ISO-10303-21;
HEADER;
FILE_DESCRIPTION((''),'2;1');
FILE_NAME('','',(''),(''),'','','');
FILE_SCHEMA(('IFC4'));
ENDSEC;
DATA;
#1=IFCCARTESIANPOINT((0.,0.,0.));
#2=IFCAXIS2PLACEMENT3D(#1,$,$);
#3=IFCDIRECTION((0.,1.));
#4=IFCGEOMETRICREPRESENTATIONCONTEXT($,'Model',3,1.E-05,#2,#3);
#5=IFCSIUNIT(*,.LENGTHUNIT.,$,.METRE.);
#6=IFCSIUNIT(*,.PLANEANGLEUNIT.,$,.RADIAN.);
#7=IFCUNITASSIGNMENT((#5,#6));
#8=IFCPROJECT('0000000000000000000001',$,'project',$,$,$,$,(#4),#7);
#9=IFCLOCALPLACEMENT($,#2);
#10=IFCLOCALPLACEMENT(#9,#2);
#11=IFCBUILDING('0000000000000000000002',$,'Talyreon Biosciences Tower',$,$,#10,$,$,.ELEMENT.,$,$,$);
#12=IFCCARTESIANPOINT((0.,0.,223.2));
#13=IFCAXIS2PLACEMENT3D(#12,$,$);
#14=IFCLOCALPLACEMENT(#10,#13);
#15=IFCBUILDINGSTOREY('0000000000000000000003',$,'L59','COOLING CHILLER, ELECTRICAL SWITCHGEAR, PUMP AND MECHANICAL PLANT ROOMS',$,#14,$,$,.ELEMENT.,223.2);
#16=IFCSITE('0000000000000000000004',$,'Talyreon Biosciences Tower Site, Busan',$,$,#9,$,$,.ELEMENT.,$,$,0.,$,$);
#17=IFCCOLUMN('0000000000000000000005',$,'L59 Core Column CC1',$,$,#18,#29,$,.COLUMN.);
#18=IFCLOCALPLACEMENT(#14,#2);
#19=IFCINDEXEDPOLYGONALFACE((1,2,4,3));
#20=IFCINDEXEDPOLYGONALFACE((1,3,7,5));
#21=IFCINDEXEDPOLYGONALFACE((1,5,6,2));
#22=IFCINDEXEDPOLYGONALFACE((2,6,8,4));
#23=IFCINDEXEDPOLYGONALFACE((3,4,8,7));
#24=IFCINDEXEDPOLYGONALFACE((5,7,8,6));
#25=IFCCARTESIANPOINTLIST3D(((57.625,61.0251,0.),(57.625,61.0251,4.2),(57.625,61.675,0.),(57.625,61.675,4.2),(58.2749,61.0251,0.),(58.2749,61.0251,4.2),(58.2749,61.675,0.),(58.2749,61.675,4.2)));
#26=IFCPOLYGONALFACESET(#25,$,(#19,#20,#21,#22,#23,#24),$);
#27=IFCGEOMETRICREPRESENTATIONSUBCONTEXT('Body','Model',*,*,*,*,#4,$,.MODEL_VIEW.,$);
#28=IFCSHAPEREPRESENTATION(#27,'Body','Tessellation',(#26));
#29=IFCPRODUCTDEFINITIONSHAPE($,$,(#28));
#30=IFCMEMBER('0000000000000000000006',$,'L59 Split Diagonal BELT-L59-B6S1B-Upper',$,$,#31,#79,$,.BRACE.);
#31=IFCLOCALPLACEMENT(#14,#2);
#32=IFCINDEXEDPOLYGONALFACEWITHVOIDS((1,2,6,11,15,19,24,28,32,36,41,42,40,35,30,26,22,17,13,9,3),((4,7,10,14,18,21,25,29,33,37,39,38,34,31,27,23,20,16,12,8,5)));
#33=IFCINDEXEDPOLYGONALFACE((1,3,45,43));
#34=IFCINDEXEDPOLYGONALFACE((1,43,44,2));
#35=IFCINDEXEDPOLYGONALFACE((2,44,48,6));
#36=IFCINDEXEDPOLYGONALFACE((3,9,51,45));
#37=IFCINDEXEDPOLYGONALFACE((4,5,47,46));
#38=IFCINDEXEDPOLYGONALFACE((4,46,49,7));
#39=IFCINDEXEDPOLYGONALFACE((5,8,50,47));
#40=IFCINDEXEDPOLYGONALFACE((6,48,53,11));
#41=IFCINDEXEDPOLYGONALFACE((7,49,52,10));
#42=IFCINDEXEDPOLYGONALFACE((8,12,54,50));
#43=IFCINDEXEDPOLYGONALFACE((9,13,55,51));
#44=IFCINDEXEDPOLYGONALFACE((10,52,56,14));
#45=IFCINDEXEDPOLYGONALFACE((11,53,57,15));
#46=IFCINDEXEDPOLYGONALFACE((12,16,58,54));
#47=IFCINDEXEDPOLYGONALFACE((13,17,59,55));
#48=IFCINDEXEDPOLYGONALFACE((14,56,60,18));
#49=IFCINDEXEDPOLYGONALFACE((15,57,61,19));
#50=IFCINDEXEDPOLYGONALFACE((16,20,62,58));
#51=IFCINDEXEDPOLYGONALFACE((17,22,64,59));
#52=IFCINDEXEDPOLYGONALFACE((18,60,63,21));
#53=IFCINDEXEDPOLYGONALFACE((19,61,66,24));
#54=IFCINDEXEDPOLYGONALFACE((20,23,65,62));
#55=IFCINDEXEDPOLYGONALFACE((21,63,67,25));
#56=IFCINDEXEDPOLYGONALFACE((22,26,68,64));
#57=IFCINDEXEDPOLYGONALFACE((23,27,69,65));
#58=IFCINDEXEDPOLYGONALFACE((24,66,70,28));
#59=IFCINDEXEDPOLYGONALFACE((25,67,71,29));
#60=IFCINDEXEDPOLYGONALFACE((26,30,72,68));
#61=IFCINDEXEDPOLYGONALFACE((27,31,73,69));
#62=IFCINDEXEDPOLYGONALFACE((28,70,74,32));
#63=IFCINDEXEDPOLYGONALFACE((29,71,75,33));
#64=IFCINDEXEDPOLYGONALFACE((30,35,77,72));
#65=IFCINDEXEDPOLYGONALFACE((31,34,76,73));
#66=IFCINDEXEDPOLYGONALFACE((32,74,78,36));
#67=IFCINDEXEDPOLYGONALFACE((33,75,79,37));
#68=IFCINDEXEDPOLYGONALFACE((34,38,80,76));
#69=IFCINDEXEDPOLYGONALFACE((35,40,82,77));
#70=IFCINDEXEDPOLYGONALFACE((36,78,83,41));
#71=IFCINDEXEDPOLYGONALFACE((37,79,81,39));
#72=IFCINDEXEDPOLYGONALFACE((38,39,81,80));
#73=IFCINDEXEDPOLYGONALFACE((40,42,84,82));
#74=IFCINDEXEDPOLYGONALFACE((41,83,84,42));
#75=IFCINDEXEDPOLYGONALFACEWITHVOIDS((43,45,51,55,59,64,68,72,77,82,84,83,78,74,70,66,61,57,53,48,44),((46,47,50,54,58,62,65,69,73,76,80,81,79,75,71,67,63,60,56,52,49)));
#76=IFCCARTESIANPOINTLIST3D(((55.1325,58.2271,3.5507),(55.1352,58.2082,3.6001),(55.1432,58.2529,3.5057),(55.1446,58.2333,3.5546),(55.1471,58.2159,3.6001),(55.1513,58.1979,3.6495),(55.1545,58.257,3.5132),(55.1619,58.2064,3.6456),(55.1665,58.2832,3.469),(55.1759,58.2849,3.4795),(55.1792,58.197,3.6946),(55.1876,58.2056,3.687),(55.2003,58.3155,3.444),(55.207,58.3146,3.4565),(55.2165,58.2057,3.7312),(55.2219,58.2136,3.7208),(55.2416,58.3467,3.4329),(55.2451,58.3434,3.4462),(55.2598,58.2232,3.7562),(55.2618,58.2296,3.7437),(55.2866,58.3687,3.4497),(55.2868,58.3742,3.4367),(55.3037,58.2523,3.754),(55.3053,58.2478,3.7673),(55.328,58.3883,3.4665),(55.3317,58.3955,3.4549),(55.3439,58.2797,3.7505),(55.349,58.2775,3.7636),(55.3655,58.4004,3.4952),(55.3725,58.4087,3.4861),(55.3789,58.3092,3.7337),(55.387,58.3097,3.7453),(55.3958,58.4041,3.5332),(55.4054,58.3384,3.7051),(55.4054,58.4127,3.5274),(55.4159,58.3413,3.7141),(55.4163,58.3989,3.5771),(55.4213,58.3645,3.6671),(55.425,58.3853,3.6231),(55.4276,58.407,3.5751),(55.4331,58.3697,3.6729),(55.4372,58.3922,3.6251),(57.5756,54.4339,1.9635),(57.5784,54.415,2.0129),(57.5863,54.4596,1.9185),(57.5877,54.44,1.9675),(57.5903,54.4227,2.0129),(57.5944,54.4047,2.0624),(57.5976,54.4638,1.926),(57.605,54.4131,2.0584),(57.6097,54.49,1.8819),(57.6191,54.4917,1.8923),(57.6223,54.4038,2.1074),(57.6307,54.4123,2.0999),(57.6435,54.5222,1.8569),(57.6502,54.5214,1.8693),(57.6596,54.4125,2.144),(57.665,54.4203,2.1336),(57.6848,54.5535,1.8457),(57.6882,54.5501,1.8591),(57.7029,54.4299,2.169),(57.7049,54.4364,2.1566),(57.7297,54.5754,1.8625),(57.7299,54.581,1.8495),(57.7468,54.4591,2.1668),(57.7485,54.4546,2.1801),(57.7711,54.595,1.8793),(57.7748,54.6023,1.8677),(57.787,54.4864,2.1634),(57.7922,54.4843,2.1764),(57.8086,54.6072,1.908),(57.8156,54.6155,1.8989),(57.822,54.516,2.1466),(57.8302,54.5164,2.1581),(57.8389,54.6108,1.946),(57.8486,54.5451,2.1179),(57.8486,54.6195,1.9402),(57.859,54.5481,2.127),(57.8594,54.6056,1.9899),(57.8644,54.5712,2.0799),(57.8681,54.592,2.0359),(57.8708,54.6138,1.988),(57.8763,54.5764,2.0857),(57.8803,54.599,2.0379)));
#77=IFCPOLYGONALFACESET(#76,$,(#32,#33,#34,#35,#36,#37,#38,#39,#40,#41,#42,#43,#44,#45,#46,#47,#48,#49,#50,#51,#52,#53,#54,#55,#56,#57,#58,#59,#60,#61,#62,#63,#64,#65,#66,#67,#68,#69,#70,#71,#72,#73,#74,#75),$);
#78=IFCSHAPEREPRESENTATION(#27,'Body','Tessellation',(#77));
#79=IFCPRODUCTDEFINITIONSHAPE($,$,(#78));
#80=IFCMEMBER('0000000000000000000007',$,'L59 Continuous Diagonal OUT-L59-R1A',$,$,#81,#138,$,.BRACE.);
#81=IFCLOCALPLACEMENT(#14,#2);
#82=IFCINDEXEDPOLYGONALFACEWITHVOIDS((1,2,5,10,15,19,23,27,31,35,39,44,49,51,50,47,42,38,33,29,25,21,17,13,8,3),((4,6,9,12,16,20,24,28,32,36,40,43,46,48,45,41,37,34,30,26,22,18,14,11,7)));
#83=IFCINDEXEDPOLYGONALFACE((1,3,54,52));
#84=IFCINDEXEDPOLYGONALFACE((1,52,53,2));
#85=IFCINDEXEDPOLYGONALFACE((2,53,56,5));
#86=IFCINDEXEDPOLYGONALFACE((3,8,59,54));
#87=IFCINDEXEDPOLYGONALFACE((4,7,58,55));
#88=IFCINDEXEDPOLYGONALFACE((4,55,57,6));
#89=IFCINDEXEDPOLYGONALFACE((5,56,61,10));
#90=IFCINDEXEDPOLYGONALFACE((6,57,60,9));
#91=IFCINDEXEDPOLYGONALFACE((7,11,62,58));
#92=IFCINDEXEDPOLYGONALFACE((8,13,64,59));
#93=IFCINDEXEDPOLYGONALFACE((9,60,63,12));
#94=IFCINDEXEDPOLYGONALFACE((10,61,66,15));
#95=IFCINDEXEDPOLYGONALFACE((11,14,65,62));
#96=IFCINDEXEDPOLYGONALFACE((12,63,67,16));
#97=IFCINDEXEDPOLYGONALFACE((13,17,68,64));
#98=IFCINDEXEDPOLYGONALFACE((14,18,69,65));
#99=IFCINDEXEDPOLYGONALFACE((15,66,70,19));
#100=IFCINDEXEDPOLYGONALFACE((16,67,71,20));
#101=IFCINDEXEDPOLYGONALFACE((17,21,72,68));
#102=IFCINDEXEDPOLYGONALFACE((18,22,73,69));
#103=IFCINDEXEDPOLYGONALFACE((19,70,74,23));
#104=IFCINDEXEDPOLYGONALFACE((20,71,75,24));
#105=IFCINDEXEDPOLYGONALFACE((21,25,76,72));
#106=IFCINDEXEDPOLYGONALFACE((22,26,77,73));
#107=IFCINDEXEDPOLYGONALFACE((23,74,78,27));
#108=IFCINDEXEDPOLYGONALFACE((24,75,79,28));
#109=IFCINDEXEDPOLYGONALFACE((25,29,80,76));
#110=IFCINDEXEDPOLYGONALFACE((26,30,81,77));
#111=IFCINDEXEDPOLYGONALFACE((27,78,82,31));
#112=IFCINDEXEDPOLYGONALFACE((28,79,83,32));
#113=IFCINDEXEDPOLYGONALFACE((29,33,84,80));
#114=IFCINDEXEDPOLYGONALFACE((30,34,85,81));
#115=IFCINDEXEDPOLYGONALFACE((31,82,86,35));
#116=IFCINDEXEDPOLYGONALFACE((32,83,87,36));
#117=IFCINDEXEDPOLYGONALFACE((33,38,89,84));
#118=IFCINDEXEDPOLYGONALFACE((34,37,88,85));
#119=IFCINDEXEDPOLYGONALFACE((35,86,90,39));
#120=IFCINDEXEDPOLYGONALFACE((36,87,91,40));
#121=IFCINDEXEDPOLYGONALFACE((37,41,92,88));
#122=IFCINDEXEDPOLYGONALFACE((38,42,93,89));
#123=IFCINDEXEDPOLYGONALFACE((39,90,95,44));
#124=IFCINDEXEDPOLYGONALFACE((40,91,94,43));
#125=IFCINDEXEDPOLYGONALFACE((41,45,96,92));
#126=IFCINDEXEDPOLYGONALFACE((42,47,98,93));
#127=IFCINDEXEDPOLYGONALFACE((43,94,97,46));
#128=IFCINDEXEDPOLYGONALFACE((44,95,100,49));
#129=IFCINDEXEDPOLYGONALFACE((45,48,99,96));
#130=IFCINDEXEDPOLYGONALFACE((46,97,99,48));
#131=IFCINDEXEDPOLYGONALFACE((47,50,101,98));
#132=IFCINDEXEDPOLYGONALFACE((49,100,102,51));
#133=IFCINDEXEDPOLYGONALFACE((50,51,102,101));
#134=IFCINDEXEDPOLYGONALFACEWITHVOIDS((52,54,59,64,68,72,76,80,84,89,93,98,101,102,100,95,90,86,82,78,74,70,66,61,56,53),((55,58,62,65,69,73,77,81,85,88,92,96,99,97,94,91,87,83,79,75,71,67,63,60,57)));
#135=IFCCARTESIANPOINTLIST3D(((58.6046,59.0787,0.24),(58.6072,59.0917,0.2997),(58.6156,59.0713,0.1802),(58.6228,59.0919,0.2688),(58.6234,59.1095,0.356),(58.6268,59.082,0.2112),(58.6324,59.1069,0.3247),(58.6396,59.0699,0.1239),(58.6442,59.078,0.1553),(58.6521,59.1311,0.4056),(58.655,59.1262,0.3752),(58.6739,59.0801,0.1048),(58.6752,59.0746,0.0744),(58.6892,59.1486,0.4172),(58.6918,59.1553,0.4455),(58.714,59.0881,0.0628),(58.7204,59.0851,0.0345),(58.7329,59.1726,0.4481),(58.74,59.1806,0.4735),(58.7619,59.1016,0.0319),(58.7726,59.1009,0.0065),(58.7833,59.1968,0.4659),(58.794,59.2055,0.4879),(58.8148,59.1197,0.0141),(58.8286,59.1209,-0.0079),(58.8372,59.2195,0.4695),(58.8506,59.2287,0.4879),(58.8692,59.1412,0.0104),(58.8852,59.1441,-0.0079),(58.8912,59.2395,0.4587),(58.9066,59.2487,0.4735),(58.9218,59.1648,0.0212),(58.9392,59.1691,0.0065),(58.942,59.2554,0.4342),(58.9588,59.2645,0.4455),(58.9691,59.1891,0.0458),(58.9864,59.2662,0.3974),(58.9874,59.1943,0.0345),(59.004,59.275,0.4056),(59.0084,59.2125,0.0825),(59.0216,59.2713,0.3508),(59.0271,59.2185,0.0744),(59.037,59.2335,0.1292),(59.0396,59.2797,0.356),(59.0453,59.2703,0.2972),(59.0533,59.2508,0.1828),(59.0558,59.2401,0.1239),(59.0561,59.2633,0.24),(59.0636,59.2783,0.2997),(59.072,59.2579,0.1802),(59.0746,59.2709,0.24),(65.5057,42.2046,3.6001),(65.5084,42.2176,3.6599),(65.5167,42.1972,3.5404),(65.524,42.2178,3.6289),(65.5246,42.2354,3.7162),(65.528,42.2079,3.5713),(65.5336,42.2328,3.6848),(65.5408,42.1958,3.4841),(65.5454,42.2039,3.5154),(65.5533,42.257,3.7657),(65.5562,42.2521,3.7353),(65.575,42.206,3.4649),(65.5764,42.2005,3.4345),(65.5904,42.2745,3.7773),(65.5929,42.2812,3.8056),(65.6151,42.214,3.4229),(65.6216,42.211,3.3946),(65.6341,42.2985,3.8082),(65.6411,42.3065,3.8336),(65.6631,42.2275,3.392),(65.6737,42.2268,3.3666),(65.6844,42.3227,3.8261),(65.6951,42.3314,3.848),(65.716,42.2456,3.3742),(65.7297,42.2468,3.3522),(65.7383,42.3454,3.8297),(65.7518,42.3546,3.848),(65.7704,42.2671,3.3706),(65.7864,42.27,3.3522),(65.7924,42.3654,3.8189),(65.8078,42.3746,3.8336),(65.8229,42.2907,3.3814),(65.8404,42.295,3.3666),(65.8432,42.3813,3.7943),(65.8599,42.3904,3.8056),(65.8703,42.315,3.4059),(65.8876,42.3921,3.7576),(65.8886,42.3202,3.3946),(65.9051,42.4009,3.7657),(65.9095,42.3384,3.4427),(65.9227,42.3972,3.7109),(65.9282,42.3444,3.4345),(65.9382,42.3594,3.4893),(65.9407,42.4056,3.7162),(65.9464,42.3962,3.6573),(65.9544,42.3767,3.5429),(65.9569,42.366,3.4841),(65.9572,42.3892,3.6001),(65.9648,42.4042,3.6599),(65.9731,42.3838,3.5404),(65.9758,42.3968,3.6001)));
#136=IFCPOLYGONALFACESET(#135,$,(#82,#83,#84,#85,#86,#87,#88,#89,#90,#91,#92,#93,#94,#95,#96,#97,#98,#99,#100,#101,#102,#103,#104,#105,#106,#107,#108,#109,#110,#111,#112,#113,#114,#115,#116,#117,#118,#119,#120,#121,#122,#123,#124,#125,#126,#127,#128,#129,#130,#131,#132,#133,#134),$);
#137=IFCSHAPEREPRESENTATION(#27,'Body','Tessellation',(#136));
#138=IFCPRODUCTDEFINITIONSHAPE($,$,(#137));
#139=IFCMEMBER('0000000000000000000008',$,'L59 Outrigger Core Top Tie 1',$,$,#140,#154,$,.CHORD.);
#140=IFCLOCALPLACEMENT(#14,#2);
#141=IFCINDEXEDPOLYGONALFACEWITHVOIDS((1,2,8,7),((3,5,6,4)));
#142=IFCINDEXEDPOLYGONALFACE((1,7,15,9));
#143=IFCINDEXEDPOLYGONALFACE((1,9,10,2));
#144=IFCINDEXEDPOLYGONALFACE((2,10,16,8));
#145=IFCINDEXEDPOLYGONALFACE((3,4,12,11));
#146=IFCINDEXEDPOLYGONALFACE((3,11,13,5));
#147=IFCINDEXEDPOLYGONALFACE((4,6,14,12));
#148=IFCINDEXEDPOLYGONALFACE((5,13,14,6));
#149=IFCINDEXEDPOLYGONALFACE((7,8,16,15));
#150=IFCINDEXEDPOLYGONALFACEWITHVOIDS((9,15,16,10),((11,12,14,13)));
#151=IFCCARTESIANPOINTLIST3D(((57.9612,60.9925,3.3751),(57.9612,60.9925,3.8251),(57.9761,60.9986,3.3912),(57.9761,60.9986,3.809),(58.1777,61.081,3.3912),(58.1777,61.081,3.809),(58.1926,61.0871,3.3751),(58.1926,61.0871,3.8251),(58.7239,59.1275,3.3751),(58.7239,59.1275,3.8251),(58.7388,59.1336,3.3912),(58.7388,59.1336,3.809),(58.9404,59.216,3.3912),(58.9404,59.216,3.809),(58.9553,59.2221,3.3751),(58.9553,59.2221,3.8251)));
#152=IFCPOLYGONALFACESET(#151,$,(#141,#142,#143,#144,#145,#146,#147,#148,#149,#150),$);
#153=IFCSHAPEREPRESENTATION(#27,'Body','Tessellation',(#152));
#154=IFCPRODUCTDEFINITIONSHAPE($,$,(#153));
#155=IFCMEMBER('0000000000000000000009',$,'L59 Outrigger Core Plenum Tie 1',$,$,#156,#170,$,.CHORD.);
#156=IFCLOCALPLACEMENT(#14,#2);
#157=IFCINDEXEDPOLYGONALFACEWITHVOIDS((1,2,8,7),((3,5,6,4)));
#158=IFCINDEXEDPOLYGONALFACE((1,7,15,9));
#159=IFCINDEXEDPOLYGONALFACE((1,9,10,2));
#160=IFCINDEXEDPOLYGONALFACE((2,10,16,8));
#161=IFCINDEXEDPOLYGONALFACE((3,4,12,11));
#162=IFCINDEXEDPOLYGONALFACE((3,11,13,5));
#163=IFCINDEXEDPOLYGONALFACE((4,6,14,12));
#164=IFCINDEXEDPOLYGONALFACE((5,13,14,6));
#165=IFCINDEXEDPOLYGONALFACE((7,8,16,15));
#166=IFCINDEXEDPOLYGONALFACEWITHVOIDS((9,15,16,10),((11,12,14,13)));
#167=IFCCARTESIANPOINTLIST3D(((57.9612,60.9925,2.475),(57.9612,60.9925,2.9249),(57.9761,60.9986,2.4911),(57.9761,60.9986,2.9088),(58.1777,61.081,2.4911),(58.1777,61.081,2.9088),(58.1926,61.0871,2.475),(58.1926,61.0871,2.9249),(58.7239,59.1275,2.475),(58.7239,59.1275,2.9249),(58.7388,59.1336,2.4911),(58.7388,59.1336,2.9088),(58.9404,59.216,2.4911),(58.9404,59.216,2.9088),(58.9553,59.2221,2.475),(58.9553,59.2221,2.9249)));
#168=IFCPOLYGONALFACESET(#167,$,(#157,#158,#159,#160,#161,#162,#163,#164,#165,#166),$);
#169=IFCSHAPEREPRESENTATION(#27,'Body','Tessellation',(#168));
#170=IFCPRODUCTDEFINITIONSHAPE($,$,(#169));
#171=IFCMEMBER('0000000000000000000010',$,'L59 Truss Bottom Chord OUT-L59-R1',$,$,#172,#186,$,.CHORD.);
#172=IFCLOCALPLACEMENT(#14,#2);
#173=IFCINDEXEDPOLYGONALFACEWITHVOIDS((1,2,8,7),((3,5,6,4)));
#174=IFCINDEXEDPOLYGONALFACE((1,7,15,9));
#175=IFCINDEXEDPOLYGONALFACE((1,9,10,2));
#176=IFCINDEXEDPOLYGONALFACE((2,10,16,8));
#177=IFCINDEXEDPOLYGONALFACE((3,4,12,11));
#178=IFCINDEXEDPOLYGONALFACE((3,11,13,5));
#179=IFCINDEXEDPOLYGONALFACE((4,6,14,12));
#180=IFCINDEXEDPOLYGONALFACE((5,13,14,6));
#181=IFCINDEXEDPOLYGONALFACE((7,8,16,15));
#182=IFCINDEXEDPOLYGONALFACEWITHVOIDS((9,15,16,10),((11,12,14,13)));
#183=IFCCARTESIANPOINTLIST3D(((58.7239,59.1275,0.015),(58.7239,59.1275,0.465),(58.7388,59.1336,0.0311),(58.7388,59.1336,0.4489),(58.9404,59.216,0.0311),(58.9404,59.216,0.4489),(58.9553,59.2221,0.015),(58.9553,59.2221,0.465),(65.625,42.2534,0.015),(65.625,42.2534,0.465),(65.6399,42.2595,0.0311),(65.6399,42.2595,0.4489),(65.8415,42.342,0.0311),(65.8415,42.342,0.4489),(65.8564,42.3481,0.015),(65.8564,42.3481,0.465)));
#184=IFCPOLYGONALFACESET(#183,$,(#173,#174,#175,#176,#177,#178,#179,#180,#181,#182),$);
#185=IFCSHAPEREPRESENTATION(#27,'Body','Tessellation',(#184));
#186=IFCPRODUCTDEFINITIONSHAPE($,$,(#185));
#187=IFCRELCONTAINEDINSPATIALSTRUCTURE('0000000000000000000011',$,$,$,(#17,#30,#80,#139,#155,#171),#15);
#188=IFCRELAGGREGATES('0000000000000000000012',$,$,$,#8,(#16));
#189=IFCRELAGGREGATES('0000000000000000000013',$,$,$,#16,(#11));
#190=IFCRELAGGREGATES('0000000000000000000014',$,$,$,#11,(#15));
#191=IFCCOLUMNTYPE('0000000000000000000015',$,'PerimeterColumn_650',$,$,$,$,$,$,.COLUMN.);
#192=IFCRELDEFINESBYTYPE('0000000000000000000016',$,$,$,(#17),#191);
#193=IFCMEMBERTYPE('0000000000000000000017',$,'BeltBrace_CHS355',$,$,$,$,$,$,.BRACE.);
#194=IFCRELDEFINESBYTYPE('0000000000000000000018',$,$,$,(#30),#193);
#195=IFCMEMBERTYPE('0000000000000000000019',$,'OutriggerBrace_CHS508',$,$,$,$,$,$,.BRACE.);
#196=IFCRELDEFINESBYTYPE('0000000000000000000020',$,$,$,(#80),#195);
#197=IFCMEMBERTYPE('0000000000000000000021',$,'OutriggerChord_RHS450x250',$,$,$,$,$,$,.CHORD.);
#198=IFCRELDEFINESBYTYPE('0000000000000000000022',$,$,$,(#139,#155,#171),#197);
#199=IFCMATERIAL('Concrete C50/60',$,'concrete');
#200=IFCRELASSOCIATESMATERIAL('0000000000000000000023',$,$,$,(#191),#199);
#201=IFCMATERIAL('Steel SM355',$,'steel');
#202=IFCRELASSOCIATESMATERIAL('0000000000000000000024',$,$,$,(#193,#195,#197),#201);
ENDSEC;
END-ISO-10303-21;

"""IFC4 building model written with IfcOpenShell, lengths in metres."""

from ifc_helpers import new_model, si_unit, direction, frame, origin, origin_2d, place, context, subcontext, project, spatial, rectangle, hollow_rectangle, hollow_circle, extrude, material, material_profile, profile_set, type_object, element, save


model = new_model("IFC4")

# Units and contexts
model_context = context("Model", 3, precision=1e-05, world=origin(), true_north=direction((0.0, 1.0)))
body_context = subcontext(model_context, "Body", "Model", "MODEL_VIEW")
ifc_project = project(units=[si_unit("LENGTHUNIT", "METRE"), si_unit("PLANEANGLEUNIT", "RADIAN")], contexts=[model_context])

# Site, building, storey
site_placement = place(None, origin())
site = spatial("IfcSite", under=ifc_project, at=site_placement, Name="Talyreon Biosciences Tower Site, Busan", CompositionType="ELEMENT", RefElevation=0.0)
building_placement = place(site_placement, origin())
building = spatial("IfcBuilding", under=site, at=building_placement, Name="Talyreon Biosciences Tower", CompositionType="ELEMENT")
storey_placement = place(building_placement, frame((0.0, 0.0, 223.2)))
storey = spatial("IfcBuildingStorey", under=building, at=storey_placement, Name="L59", Description="COOLING CHILLER, ELECTRICAL SWITCHGEAR, PUMP AND MECHANICAL PLANT ROOMS", CompositionType="ELEMENT", Elevation=223.2)

# Column
ifc_material_1 = material(Name="Concrete C50/60", Category="concrete")
ifc_material_profile_1 = material_profile(ifc_material_1, rectangle(XDim=0.6499, YDim=0.6499, at=origin_2d()), Name="RC 650x650")
ifc_profile_set_1 = profile_set([ifc_material_profile_1], Name="Concrete C50/60")
column_type = type_object("IfcColumnType", Name="PerimeterColumn_650", PredefinedType="COLUMN", material=ifc_profile_set_1)
column_placement = place(storey_placement, frame((57.95, 61.3501, 0.0), z_axis=(0.0, 0.0, 1.0), x_axis=(1.0, 0.0, 0.0)))
element("IfcColumn", 1, at=column_placement, inside=storey, type_object=column_type, Name="L59 Core Column CC1", PredefinedType="COLUMN", context=body_context, shape_type="SweptSolid", body=[
    extrude(rectangle(XDim=0.6499, YDim=0.6499, at=origin_2d()), origin(), (0.0, 0.0, 1.0), 4.2),
])

# Members
ifc_material_2 = material(Name="Steel SM355", Category="steel")
ifc_material_profile_2 = material_profile(ifc_material_2, hollow_circle(Radius=0.1777, WallThickness=0.0142, at=origin_2d()), Name="CHS 355.6x14.2")
ifc_profile_set_2 = profile_set([ifc_material_profile_2], Name="Steel SM355")
member_type_1 = type_object("IfcMemberType", Name="BeltBrace_CHS355", PredefinedType="BRACE", material=ifc_profile_set_2)
member_1_placement = place(storey_placement, frame((57.7278, 54.5112, 2.0129), z_axis=(-0.5108, 0.793074, 0.331839), x_axis=(-0.840712, -0.541482, 0.0)))
element("IfcMember", 2, at=member_1_placement, inside=storey, type_object=member_type_1, Name="L59 Split Diagonal BELT-L59-B6S1B-Upper", PredefinedType="BRACE", context=body_context, shape_type="SweptSolid", body=[
    extrude(hollow_circle(Radius=0.1777, WallThickness=0.0142, at=origin_2d()), origin(), (0.0, 0.0, 1.0), 4.783),
])
ifc_material_profile_3 = material_profile(ifc_material_2, hollow_circle(Radius=0.2539, WallThickness=0.02, at=origin_2d()), Name="CHS 508x20")
ifc_profile_set_3 = profile_set([ifc_material_profile_3], Name="Steel SM355")
member_type_2 = type_object("IfcMemberType", Name="OutriggerBrace_CHS508", PredefinedType="BRACE", material=ifc_profile_set_3)
member_2_placement = place(storey_placement, frame((58.8396, 59.1748, 0.24), z_axis=(0.372274, -0.910252, 0.181257), x_axis=(0.925583, 0.378544, 0.0)))
element("IfcMember", 3, at=member_2_placement, inside=storey, type_object=member_type_2, Name="L59 Continuous Diagonal OUT-L59-R1A", PredefinedType="BRACE", context=body_context, shape_type="SweptSolid", body=[
    extrude(hollow_circle(Radius=0.2539, WallThickness=0.02, at=origin_2d()), origin(), (0.0, 0.0, 1.0), 18.5378),
])
ifc_material_profile_4 = material_profile(ifc_material_2, hollow_rectangle(XDim=0.25, YDim=0.45, WallThickness=0.0161, at=origin_2d()), Name="RHS 450x250x16")
ifc_profile_set_4 = profile_set([ifc_material_profile_4], Name="Steel SM355")
member_type_3 = type_object("IfcMemberType", Name="OutriggerChord_RHS450x250", PredefinedType="CHORD", material=ifc_profile_set_4)
for number, where, z_axis, x_axis, name in (
    (4, (58.0769, 61.0398, 3.6001), (0.378524, -0.925591, 0.0), (0.925591, 0.378524, 0.0), "L59 Outrigger Core Top Tie 1"),
    (5, (58.0769, 61.0398, 2.7), (0.378524, -0.925591, 0.0), (0.925591, 0.378524, 0.0), "L59 Outrigger Core Plenum Tie 1"),
):
    element("IfcMember", number, at=place(storey_placement, frame(where, z_axis=z_axis, x_axis=x_axis)), inside=storey, type_object=member_type_3, Name=name, PredefinedType="CHORD", context=body_context, shape_type="SweptSolid", body=[
        extrude(hollow_rectangle(XDim=0.25, YDim=0.45, WallThickness=0.0161, at=origin_2d()), origin(), (0.0, 0.0, 1.0), 2.0149),
    ])
for number, where, z_axis, x_axis, name in (
    (6, (58.8396, 59.1748, 0.24), (0.378544, -0.925583, 0.0), (0.925583, 0.378544, 0.0), "L59 Truss Bottom Chord OUT-L59-R1"),
):
    element("IfcMember", number, at=place(storey_placement, frame(where, z_axis=z_axis, x_axis=x_axis)), inside=storey, type_object=member_type_3, Name=name, PredefinedType="CHORD", context=body_context, shape_type="SweptSolid", body=[
        extrude(hollow_rectangle(XDim=0.25, YDim=0.45, WallThickness=0.0161, at=origin_2d()), origin(), (0.0, 0.0, 1.0), 18.2307),
    ])

save(model, "model.ifc")
